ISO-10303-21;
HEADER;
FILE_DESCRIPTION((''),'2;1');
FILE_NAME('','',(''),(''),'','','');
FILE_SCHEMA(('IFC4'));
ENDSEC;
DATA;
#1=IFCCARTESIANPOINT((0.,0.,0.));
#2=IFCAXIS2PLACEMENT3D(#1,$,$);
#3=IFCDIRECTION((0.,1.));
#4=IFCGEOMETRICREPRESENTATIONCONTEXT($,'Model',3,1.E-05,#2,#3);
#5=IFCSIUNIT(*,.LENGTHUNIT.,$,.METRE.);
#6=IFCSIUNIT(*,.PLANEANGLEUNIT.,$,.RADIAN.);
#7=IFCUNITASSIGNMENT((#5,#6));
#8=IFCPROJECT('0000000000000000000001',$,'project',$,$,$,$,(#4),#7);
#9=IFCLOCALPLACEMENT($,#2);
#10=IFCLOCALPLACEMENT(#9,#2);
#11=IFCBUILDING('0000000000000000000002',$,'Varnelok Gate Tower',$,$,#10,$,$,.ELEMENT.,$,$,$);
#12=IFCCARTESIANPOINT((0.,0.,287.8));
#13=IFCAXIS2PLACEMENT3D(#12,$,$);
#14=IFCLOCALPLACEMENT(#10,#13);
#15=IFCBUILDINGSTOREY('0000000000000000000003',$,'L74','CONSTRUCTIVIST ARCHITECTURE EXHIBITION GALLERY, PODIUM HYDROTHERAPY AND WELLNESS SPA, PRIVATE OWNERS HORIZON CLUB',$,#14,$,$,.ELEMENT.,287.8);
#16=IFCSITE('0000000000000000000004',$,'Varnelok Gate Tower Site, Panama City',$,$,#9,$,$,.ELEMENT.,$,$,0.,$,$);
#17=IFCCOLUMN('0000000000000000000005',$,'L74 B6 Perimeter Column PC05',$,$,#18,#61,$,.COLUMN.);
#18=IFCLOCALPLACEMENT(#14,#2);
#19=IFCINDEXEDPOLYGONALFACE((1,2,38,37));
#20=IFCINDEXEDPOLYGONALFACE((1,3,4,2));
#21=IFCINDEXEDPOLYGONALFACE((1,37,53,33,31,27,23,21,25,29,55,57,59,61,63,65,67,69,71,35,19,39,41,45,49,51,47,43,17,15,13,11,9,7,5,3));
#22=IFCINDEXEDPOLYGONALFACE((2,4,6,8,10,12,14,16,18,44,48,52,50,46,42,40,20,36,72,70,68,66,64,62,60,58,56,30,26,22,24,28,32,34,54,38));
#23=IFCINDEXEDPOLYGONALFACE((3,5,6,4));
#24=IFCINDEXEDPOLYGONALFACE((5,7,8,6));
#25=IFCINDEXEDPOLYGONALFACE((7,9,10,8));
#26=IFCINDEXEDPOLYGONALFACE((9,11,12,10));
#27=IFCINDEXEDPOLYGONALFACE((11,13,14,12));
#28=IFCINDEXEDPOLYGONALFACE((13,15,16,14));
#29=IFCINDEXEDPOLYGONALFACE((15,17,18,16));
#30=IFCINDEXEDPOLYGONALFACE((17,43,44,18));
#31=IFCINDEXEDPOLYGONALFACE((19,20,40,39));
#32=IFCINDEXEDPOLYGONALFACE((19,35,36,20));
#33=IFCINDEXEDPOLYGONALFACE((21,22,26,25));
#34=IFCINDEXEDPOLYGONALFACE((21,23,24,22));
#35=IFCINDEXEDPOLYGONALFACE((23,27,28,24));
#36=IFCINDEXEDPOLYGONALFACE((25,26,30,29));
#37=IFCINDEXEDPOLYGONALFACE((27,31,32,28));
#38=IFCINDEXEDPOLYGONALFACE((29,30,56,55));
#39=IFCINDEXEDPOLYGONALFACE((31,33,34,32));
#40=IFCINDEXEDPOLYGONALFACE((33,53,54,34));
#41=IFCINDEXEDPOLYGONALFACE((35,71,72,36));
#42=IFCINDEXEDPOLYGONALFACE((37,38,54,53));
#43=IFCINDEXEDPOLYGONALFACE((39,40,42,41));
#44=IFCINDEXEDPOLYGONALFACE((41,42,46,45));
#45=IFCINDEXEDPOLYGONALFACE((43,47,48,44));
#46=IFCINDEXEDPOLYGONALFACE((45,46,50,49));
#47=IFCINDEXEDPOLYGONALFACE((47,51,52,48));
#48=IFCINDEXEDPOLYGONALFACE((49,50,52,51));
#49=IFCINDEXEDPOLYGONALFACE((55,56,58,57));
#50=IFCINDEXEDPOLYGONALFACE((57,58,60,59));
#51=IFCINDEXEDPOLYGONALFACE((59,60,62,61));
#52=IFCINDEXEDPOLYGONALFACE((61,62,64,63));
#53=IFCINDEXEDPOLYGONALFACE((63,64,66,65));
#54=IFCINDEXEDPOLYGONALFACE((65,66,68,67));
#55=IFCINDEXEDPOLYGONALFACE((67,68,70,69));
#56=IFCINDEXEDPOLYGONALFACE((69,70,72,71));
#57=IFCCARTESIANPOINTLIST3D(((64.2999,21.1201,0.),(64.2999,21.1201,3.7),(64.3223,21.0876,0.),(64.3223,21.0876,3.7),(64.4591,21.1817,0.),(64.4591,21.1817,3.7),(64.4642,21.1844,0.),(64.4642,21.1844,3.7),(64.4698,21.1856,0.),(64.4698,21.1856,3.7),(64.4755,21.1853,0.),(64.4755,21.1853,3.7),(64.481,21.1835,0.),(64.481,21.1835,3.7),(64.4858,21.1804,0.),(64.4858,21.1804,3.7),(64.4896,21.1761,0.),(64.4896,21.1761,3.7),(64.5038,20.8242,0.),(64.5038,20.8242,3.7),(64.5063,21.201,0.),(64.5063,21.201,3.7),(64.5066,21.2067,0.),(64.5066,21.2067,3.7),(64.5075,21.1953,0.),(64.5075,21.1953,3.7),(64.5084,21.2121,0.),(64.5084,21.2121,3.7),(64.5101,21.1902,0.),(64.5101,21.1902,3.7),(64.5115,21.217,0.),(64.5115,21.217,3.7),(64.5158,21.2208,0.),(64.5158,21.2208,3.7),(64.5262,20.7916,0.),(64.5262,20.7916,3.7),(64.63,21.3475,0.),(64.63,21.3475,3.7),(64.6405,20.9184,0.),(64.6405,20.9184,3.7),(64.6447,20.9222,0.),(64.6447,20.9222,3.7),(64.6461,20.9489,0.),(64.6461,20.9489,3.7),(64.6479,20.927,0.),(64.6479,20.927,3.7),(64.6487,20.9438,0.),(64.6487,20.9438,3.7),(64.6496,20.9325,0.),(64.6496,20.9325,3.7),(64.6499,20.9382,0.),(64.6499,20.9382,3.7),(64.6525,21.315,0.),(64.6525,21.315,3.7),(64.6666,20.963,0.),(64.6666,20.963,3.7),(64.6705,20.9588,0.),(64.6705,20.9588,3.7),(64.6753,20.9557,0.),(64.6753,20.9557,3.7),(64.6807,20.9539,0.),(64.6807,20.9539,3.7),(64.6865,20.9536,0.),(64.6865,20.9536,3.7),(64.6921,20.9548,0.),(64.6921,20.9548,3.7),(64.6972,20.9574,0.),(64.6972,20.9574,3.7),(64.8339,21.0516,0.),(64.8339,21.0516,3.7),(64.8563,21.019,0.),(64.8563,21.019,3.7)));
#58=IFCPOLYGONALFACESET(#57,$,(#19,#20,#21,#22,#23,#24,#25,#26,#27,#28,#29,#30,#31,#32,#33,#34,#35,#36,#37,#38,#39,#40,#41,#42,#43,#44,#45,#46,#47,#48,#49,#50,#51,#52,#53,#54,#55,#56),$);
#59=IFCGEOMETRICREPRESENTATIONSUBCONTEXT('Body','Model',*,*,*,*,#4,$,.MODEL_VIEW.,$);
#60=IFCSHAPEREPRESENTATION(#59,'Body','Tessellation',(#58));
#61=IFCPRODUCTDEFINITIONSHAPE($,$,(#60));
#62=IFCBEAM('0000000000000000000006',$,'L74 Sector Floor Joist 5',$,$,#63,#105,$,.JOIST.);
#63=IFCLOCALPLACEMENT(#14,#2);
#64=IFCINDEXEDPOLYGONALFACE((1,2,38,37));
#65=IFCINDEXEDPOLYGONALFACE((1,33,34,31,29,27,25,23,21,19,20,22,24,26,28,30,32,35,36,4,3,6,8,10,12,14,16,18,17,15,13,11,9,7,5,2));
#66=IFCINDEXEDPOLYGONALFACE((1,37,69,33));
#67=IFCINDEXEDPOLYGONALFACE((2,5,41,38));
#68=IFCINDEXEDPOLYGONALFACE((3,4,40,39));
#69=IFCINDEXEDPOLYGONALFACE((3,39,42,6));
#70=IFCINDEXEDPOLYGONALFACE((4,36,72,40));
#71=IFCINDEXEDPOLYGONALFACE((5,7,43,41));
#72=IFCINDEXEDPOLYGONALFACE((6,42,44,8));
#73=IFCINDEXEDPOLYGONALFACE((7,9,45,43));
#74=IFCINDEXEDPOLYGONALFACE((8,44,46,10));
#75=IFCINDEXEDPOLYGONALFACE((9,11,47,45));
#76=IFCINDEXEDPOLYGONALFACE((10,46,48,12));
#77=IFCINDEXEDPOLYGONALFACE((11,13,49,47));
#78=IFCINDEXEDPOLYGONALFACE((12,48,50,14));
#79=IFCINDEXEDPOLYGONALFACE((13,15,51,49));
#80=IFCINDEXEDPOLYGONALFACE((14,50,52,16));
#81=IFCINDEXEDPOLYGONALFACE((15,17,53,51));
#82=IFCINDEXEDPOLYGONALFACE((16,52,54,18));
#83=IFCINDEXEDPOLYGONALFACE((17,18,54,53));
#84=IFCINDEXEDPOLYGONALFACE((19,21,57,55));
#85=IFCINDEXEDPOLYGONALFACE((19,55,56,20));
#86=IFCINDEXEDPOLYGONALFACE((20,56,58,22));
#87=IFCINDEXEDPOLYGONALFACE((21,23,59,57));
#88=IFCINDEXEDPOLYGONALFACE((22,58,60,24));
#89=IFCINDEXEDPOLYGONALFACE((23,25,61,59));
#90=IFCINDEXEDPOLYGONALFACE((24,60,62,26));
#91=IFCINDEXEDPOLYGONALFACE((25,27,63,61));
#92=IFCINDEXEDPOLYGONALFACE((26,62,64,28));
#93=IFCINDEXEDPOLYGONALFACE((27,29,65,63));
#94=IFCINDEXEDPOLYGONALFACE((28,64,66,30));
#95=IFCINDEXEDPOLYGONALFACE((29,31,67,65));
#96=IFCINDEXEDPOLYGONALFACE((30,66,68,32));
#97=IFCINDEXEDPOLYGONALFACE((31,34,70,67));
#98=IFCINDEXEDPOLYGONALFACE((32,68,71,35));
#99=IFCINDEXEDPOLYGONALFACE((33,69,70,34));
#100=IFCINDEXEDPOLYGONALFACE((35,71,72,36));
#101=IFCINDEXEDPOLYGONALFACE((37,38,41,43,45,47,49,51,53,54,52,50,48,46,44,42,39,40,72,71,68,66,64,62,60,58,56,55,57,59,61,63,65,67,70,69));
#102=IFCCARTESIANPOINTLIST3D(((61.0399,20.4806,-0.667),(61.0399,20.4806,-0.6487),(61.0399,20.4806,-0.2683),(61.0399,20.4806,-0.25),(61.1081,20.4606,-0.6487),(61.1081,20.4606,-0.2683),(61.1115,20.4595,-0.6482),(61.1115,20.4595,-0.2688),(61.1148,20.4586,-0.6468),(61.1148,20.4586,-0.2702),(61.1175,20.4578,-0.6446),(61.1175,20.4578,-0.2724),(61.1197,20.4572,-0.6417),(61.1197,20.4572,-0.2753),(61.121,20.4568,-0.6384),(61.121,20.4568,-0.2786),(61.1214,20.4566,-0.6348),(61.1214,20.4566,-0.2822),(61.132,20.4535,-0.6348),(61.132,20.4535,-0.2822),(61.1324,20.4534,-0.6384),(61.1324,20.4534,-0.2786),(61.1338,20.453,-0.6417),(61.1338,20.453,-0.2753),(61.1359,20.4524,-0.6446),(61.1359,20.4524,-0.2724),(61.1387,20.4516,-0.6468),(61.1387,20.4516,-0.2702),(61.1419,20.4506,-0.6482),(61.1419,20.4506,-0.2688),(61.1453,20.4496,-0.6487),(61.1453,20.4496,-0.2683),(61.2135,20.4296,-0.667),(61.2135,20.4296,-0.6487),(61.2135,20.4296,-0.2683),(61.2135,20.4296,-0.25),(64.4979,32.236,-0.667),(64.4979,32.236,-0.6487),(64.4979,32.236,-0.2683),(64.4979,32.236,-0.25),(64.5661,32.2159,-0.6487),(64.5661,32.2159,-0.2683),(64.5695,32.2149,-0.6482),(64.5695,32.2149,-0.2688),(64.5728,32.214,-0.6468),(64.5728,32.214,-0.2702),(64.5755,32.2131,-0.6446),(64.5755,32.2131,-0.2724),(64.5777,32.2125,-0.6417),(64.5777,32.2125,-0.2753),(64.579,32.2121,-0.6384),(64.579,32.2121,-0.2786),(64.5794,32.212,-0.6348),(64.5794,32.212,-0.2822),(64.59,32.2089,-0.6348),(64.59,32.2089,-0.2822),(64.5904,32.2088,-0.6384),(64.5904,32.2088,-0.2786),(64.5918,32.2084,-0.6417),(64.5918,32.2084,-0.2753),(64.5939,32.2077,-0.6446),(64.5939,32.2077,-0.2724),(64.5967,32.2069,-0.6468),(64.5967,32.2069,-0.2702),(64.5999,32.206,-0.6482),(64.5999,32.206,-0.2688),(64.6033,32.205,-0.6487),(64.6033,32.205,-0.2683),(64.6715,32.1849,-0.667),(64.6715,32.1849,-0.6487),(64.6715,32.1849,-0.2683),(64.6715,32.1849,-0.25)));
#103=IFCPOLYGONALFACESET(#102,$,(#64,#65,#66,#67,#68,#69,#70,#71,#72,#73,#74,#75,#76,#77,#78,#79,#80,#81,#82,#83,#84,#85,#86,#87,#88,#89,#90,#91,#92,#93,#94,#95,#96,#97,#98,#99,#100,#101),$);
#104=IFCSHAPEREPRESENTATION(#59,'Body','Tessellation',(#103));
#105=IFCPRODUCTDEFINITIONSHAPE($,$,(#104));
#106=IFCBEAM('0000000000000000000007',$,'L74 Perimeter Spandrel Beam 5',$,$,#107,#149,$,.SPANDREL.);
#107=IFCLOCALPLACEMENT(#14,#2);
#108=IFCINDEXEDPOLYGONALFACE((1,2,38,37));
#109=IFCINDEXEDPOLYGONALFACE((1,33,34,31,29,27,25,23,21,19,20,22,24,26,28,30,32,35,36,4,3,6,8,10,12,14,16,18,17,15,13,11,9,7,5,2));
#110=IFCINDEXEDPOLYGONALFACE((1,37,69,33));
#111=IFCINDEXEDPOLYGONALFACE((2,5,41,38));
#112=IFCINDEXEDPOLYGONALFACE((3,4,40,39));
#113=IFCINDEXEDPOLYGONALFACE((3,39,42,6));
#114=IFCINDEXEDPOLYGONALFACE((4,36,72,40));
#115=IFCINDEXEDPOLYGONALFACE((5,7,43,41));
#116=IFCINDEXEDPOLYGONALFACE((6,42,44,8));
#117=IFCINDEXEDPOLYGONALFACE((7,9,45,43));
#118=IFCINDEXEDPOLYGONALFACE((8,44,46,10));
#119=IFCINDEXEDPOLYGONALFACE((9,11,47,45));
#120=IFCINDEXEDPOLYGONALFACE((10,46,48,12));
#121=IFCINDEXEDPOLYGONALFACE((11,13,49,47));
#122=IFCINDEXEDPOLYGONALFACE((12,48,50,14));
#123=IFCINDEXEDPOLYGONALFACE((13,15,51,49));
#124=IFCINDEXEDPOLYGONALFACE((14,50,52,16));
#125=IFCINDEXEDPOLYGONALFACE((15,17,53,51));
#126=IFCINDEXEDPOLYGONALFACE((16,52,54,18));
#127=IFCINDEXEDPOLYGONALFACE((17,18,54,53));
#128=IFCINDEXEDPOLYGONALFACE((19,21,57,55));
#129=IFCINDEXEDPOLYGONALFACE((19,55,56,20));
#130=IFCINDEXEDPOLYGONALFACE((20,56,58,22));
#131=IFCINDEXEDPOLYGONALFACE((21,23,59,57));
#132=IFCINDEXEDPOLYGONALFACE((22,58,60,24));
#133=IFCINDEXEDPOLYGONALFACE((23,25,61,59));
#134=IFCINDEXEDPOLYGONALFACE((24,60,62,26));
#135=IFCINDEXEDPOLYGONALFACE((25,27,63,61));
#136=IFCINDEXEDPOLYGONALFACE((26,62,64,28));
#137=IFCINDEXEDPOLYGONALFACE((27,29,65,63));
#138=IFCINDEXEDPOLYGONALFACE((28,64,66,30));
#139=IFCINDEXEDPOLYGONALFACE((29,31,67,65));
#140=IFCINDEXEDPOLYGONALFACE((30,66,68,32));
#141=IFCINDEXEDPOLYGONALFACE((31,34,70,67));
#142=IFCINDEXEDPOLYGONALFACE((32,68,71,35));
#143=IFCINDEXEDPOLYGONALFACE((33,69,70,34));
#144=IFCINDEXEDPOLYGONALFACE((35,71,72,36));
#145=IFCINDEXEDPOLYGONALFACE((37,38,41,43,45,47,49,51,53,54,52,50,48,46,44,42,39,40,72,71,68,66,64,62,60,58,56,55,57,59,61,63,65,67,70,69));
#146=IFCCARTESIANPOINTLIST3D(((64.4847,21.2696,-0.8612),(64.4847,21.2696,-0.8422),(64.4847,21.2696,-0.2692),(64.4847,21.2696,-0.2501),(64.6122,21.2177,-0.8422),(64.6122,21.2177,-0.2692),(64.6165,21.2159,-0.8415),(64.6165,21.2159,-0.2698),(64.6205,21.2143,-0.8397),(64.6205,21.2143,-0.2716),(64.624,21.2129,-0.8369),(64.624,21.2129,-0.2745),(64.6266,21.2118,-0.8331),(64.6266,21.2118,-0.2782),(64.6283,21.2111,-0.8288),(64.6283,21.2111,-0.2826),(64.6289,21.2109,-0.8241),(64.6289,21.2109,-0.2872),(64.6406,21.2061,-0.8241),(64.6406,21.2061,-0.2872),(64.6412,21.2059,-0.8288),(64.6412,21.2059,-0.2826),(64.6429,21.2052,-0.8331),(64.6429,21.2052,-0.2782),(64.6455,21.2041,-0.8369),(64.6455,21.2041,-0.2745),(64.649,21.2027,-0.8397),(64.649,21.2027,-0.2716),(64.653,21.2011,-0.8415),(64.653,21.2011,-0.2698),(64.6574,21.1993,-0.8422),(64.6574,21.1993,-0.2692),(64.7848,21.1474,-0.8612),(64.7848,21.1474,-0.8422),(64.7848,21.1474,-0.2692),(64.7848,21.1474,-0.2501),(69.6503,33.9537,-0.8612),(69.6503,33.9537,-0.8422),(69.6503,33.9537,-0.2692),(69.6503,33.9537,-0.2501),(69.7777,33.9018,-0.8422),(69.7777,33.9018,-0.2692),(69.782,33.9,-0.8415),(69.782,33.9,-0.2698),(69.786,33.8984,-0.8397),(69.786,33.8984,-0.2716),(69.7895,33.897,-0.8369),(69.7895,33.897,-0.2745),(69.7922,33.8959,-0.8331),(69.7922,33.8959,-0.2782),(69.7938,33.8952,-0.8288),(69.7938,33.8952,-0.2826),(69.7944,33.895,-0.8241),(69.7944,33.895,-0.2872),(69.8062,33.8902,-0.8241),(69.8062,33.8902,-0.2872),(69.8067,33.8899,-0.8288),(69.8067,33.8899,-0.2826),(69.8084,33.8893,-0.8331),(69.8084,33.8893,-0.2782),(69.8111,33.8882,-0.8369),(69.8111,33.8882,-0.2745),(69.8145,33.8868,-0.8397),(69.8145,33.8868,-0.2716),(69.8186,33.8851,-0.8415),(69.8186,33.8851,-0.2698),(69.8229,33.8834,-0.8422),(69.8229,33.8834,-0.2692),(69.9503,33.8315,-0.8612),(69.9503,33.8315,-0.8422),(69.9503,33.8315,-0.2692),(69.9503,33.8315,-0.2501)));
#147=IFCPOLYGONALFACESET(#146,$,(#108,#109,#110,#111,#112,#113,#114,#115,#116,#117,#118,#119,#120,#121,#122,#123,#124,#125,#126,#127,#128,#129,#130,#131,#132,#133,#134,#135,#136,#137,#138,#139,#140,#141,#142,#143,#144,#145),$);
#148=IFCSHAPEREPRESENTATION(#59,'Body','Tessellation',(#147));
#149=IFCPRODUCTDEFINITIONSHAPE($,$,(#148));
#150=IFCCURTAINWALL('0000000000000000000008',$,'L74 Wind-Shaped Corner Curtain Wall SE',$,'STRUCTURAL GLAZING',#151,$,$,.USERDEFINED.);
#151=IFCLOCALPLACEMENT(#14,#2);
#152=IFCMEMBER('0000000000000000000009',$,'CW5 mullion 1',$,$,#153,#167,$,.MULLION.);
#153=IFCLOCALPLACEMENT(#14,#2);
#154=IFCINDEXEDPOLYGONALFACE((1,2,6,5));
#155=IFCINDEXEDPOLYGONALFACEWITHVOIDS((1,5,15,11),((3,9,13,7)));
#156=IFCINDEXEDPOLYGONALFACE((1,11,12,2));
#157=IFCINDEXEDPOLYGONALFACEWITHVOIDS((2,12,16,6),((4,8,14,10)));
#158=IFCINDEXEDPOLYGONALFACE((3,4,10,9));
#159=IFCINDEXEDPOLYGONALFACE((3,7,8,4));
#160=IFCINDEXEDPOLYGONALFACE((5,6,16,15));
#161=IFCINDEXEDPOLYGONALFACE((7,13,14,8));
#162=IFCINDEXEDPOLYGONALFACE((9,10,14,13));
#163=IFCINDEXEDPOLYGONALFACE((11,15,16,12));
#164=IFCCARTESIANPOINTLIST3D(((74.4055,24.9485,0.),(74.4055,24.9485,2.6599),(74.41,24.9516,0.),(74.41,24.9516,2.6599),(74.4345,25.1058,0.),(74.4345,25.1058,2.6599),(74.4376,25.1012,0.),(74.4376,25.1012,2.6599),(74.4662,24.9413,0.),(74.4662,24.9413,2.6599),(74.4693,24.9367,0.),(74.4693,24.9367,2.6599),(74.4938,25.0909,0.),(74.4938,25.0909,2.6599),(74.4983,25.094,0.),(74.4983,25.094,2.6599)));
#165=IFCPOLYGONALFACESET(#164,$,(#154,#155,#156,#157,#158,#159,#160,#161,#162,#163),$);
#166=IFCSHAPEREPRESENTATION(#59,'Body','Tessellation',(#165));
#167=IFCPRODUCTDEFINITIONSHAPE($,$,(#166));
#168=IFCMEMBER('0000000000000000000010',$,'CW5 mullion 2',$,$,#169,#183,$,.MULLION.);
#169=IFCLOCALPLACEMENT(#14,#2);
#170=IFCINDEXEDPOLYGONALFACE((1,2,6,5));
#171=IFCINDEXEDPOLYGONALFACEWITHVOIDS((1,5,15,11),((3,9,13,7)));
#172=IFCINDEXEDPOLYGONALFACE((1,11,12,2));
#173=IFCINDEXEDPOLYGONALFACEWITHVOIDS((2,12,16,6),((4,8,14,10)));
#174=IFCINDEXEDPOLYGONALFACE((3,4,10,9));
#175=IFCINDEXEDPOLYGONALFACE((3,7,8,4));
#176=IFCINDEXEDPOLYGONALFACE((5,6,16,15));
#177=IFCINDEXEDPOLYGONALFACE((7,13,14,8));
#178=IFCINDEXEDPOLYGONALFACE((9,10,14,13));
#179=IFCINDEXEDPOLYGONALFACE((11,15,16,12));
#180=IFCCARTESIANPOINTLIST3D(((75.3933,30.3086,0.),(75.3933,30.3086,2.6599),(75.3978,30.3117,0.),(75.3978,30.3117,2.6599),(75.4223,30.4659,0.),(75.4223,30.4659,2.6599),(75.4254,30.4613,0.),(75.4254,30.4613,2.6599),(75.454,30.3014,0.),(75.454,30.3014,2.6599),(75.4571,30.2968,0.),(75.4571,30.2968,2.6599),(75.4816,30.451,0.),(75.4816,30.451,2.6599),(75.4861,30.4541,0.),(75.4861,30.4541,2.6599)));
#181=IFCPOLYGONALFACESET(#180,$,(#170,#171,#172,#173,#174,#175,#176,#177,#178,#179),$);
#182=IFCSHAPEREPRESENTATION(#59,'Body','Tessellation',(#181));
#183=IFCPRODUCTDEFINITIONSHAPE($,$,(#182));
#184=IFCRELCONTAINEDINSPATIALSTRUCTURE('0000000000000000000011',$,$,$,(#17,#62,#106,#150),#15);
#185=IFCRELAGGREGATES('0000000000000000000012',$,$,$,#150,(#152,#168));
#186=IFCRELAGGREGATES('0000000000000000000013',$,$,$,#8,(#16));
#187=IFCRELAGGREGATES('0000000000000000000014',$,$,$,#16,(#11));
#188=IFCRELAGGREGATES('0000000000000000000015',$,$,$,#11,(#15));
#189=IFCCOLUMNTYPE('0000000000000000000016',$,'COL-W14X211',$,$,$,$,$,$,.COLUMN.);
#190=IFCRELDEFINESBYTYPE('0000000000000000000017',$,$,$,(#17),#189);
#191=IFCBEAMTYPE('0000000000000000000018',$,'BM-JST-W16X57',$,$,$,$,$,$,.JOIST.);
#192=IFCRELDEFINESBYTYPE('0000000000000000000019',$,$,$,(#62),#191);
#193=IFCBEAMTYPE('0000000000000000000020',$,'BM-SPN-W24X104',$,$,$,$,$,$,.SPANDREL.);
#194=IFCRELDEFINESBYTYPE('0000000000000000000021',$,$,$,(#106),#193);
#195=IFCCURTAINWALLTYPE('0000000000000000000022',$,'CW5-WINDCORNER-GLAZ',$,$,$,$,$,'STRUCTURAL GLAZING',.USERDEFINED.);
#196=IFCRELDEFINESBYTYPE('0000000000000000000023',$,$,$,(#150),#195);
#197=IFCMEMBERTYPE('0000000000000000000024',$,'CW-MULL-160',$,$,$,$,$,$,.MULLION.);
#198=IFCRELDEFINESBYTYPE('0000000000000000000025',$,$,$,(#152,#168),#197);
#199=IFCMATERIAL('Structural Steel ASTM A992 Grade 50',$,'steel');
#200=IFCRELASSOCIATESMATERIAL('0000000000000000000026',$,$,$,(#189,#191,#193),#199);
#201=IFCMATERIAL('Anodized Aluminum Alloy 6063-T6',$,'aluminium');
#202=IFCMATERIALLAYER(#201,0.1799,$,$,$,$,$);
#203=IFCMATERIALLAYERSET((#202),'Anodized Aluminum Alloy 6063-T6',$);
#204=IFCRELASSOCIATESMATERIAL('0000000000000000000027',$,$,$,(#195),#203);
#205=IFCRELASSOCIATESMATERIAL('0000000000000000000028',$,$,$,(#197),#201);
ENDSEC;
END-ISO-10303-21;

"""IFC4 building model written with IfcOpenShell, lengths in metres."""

from ifc_helpers import new_model, si_unit, direction, frame, origin, origin_2d, place, context, subcontext, project, spatial, hollow_rectangle, i_section, extrude, material, layer, layer_set, material_profile, profile_set, type_object, element, aggregate, save


model = new_model("IFC4")

# Units and contexts
model_context = context("Model", 3, precision=1e-05, world=origin(), true_north=direction((0.0, 1.0)))
body_context = subcontext(model_context, "Body", "Model", "MODEL_VIEW")
ifc_project = project(units=[si_unit("LENGTHUNIT", "METRE"), si_unit("PLANEANGLEUNIT", "RADIAN")], contexts=[model_context])

# Site, building, storey
site_placement = place(None, origin())
site = spatial("IfcSite", under=ifc_project, at=site_placement, Name="Varnelok Gate Tower Site, Panama City", CompositionType="ELEMENT", RefElevation=0.0)
building_placement = place(site_placement, origin())
building = spatial("IfcBuilding", under=site, at=building_placement, Name="Varnelok Gate Tower", CompositionType="ELEMENT")
storey_placement = place(building_placement, frame((0.0, 0.0, 287.8)))
storey = spatial("IfcBuildingStorey", under=building, at=storey_placement, Name="L74", Description="CONSTRUCTIVIST ARCHITECTURE EXHIBITION GALLERY, PODIUM HYDROTHERAPY AND WELLNESS SPA, PRIVATE OWNERS HORIZON CLUB", CompositionType="ELEMENT", Elevation=287.8)

# Column
ifc_material_1 = material(Name="Structural Steel ASTM A992 Grade 50", Category="steel")
ifc_material_profile_1 = material_profile(ifc_material_1, i_section(OverallWidth=0.4009, OverallDepth=0.3989, WebThickness=0.0249, FlangeThickness=0.0396, FilletRadius=0.022, at=origin_2d()), Name="W14X211")
ifc_profile_set_1 = profile_set([ifc_material_profile_1], Name="Structural Steel ASTM A992 Grade 50")
column_type = type_object("IfcColumnType", Name="COL-W14X211", PredefinedType="COLUMN", material=ifc_profile_set_1)
column_placement = place(storey_placement, frame((64.5781, 21.0696, 0.0), z_axis=(0.0, 0.0, 1.0), x_axis=(0.823533, 0.567269, 0.0)))
element("IfcColumn", 1, at=column_placement, inside=storey, type_object=column_type, Name="L74 B6 Perimeter Column PC05", PredefinedType="COLUMN", context=body_context, shape_type="SweptSolid", body=[
    extrude(i_section(OverallWidth=0.4009, OverallDepth=0.3989, WebThickness=0.0249, FlangeThickness=0.0396, FilletRadius=0.022, at=origin_2d()), origin(), (0.0, 0.0, 1.0), 3.7),
])

# Beams
ifc_material_profile_2 = material_profile(ifc_material_1, i_section(OverallWidth=0.1809, OverallDepth=0.417, WebThickness=0.011, FlangeThickness=0.0183, FilletRadius=0.0139, at=origin_2d()), Name="W16X57")
ifc_profile_set_2 = profile_set([ifc_material_profile_2], Name="Structural Steel ASTM A992 Grade 50")
beam_type_1 = type_object("IfcBeamType", Name="BM-JST-W16X57", PredefinedType="JOIST", material=ifc_profile_set_2)
beam_1_placement = place(storey_placement, frame((61.1267, 20.4551, -0.4585), z_axis=(0.282207, 0.959353, 0.0), x_axis=(-0.959353, 0.282207, 0.0)))
element("IfcBeam", 2, at=beam_1_placement, inside=storey, type_object=beam_type_1, Name="L74 Sector Floor Joist 5", PredefinedType="JOIST", context=body_context, shape_type="SweptSolid", body=[
    extrude(i_section(OverallWidth=0.1809, OverallDepth=0.417, WebThickness=0.011, FlangeThickness=0.0183, FilletRadius=0.0139, at=origin_2d()), origin(), (0.0, 0.0, 1.0), 12.2534),
])
ifc_material_profile_3 = material_profile(ifc_material_1, i_section(OverallWidth=0.324, OverallDepth=0.6111, WebThickness=0.0127, FlangeThickness=0.019, FilletRadius=0.0181, at=origin_2d()), Name="W24X104")
ifc_profile_set_3 = profile_set([ifc_material_profile_3], Name="Structural Steel ASTM A992 Grade 50")
beam_type_2 = type_object("IfcBeamType", Name="BM-SPN-W24X104", PredefinedType="SPANDREL", material=ifc_profile_set_3)
beam_2_placement = place(storey_placement, frame((64.6348, 21.2085, -0.5557), z_axis=(0.377168, 0.926145, 0.0), x_axis=(-0.926145, 0.377168, 0.0)))
element("IfcBeam", 3, at=beam_2_placement, inside=storey, type_object=beam_type_2, Name="L74 Perimeter Spandrel Beam 5", PredefinedType="SPANDREL", context=body_context, shape_type="SweptSolid", body=[
    extrude(i_section(OverallWidth=0.324, OverallDepth=0.6111, WebThickness=0.0127, FlangeThickness=0.019, FilletRadius=0.0181, at=origin_2d()), origin(), (0.0, 0.0, 1.0), 13.6956),
])

# Curtain wall, members
ifc_material_2 = material(Name="Anodized Aluminum Alloy 6063-T6", Category="aluminium")
ifc_layer_1 = layer(ifc_material_2, 0.1799)
ifc_layer_set_1 = layer_set([ifc_layer_1], Name="Anodized Aluminum Alloy 6063-T6")
curtain_wall_type_1 = type_object("IfcCurtainWallType", Name="CW5-WINDCORNER-GLAZ", ElementType="STRUCTURAL GLAZING", PredefinedType="USERDEFINED", material=ifc_layer_set_1)
curtain_wall_1_placement = place(storey_placement, origin())
curtain_wall_1 = element("IfcCurtainWall", 4, at=curtain_wall_1_placement, inside=storey, type_object=curtain_wall_type_1, Name="L74 Wind-Shaped Corner Curtain Wall SE", ObjectType="STRUCTURAL GLAZING", PredefinedType="USERDEFINED")
ifc_material_profile_4 = material_profile(ifc_material_2, hollow_rectangle(XDim=0.0649, YDim=0.1599, WallThickness=0.0039, at=origin_2d()), Name="ALU160X65X4")
ifc_profile_set_4 = profile_set([ifc_material_profile_4], Name="Anodized Aluminum Alloy 6063-T6")
member_type_1 = type_object("IfcMemberType", Name="CW-MULL-160", PredefinedType="MULLION", material=ifc_profile_set_4)
member_1_placement = place(storey_placement, frame((74.4519, 25.0212, 0.0), z_axis=(0.0, 0.0, 1.0), x_axis=(-0.983446, 0.181202, 0.0)))
member_1 = element("IfcMember", 5, at=member_1_placement, type_object=member_type_1, Name="CW5 mullion 1", PredefinedType="MULLION", context=body_context, shape_type="SweptSolid", body=[
    extrude(hollow_rectangle(XDim=0.0649, YDim=0.1599, WallThickness=0.0039, at=origin_2d()), origin(), (0.0, 0.0, 1.0), 2.6599),
])
member_2_placement = place(storey_placement, frame((75.4397, 30.3813, 0.0), z_axis=(0.0, 0.0, 1.0), x_axis=(-0.983446, 0.181202, 0.0)))
member_2 = element("IfcMember", 6, at=member_2_placement, type_object=member_type_1, Name="CW5 mullion 2", PredefinedType="MULLION", context=body_context, shape_type="SweptSolid", body=[
    extrude(hollow_rectangle(XDim=0.0649, YDim=0.1599, WallThickness=0.0039, at=origin_2d()), origin(), (0.0, 0.0, 1.0), 2.6599),
])

aggregate(curtain_wall_1, [member_1, member_2])

save(model, "model.ifc")
